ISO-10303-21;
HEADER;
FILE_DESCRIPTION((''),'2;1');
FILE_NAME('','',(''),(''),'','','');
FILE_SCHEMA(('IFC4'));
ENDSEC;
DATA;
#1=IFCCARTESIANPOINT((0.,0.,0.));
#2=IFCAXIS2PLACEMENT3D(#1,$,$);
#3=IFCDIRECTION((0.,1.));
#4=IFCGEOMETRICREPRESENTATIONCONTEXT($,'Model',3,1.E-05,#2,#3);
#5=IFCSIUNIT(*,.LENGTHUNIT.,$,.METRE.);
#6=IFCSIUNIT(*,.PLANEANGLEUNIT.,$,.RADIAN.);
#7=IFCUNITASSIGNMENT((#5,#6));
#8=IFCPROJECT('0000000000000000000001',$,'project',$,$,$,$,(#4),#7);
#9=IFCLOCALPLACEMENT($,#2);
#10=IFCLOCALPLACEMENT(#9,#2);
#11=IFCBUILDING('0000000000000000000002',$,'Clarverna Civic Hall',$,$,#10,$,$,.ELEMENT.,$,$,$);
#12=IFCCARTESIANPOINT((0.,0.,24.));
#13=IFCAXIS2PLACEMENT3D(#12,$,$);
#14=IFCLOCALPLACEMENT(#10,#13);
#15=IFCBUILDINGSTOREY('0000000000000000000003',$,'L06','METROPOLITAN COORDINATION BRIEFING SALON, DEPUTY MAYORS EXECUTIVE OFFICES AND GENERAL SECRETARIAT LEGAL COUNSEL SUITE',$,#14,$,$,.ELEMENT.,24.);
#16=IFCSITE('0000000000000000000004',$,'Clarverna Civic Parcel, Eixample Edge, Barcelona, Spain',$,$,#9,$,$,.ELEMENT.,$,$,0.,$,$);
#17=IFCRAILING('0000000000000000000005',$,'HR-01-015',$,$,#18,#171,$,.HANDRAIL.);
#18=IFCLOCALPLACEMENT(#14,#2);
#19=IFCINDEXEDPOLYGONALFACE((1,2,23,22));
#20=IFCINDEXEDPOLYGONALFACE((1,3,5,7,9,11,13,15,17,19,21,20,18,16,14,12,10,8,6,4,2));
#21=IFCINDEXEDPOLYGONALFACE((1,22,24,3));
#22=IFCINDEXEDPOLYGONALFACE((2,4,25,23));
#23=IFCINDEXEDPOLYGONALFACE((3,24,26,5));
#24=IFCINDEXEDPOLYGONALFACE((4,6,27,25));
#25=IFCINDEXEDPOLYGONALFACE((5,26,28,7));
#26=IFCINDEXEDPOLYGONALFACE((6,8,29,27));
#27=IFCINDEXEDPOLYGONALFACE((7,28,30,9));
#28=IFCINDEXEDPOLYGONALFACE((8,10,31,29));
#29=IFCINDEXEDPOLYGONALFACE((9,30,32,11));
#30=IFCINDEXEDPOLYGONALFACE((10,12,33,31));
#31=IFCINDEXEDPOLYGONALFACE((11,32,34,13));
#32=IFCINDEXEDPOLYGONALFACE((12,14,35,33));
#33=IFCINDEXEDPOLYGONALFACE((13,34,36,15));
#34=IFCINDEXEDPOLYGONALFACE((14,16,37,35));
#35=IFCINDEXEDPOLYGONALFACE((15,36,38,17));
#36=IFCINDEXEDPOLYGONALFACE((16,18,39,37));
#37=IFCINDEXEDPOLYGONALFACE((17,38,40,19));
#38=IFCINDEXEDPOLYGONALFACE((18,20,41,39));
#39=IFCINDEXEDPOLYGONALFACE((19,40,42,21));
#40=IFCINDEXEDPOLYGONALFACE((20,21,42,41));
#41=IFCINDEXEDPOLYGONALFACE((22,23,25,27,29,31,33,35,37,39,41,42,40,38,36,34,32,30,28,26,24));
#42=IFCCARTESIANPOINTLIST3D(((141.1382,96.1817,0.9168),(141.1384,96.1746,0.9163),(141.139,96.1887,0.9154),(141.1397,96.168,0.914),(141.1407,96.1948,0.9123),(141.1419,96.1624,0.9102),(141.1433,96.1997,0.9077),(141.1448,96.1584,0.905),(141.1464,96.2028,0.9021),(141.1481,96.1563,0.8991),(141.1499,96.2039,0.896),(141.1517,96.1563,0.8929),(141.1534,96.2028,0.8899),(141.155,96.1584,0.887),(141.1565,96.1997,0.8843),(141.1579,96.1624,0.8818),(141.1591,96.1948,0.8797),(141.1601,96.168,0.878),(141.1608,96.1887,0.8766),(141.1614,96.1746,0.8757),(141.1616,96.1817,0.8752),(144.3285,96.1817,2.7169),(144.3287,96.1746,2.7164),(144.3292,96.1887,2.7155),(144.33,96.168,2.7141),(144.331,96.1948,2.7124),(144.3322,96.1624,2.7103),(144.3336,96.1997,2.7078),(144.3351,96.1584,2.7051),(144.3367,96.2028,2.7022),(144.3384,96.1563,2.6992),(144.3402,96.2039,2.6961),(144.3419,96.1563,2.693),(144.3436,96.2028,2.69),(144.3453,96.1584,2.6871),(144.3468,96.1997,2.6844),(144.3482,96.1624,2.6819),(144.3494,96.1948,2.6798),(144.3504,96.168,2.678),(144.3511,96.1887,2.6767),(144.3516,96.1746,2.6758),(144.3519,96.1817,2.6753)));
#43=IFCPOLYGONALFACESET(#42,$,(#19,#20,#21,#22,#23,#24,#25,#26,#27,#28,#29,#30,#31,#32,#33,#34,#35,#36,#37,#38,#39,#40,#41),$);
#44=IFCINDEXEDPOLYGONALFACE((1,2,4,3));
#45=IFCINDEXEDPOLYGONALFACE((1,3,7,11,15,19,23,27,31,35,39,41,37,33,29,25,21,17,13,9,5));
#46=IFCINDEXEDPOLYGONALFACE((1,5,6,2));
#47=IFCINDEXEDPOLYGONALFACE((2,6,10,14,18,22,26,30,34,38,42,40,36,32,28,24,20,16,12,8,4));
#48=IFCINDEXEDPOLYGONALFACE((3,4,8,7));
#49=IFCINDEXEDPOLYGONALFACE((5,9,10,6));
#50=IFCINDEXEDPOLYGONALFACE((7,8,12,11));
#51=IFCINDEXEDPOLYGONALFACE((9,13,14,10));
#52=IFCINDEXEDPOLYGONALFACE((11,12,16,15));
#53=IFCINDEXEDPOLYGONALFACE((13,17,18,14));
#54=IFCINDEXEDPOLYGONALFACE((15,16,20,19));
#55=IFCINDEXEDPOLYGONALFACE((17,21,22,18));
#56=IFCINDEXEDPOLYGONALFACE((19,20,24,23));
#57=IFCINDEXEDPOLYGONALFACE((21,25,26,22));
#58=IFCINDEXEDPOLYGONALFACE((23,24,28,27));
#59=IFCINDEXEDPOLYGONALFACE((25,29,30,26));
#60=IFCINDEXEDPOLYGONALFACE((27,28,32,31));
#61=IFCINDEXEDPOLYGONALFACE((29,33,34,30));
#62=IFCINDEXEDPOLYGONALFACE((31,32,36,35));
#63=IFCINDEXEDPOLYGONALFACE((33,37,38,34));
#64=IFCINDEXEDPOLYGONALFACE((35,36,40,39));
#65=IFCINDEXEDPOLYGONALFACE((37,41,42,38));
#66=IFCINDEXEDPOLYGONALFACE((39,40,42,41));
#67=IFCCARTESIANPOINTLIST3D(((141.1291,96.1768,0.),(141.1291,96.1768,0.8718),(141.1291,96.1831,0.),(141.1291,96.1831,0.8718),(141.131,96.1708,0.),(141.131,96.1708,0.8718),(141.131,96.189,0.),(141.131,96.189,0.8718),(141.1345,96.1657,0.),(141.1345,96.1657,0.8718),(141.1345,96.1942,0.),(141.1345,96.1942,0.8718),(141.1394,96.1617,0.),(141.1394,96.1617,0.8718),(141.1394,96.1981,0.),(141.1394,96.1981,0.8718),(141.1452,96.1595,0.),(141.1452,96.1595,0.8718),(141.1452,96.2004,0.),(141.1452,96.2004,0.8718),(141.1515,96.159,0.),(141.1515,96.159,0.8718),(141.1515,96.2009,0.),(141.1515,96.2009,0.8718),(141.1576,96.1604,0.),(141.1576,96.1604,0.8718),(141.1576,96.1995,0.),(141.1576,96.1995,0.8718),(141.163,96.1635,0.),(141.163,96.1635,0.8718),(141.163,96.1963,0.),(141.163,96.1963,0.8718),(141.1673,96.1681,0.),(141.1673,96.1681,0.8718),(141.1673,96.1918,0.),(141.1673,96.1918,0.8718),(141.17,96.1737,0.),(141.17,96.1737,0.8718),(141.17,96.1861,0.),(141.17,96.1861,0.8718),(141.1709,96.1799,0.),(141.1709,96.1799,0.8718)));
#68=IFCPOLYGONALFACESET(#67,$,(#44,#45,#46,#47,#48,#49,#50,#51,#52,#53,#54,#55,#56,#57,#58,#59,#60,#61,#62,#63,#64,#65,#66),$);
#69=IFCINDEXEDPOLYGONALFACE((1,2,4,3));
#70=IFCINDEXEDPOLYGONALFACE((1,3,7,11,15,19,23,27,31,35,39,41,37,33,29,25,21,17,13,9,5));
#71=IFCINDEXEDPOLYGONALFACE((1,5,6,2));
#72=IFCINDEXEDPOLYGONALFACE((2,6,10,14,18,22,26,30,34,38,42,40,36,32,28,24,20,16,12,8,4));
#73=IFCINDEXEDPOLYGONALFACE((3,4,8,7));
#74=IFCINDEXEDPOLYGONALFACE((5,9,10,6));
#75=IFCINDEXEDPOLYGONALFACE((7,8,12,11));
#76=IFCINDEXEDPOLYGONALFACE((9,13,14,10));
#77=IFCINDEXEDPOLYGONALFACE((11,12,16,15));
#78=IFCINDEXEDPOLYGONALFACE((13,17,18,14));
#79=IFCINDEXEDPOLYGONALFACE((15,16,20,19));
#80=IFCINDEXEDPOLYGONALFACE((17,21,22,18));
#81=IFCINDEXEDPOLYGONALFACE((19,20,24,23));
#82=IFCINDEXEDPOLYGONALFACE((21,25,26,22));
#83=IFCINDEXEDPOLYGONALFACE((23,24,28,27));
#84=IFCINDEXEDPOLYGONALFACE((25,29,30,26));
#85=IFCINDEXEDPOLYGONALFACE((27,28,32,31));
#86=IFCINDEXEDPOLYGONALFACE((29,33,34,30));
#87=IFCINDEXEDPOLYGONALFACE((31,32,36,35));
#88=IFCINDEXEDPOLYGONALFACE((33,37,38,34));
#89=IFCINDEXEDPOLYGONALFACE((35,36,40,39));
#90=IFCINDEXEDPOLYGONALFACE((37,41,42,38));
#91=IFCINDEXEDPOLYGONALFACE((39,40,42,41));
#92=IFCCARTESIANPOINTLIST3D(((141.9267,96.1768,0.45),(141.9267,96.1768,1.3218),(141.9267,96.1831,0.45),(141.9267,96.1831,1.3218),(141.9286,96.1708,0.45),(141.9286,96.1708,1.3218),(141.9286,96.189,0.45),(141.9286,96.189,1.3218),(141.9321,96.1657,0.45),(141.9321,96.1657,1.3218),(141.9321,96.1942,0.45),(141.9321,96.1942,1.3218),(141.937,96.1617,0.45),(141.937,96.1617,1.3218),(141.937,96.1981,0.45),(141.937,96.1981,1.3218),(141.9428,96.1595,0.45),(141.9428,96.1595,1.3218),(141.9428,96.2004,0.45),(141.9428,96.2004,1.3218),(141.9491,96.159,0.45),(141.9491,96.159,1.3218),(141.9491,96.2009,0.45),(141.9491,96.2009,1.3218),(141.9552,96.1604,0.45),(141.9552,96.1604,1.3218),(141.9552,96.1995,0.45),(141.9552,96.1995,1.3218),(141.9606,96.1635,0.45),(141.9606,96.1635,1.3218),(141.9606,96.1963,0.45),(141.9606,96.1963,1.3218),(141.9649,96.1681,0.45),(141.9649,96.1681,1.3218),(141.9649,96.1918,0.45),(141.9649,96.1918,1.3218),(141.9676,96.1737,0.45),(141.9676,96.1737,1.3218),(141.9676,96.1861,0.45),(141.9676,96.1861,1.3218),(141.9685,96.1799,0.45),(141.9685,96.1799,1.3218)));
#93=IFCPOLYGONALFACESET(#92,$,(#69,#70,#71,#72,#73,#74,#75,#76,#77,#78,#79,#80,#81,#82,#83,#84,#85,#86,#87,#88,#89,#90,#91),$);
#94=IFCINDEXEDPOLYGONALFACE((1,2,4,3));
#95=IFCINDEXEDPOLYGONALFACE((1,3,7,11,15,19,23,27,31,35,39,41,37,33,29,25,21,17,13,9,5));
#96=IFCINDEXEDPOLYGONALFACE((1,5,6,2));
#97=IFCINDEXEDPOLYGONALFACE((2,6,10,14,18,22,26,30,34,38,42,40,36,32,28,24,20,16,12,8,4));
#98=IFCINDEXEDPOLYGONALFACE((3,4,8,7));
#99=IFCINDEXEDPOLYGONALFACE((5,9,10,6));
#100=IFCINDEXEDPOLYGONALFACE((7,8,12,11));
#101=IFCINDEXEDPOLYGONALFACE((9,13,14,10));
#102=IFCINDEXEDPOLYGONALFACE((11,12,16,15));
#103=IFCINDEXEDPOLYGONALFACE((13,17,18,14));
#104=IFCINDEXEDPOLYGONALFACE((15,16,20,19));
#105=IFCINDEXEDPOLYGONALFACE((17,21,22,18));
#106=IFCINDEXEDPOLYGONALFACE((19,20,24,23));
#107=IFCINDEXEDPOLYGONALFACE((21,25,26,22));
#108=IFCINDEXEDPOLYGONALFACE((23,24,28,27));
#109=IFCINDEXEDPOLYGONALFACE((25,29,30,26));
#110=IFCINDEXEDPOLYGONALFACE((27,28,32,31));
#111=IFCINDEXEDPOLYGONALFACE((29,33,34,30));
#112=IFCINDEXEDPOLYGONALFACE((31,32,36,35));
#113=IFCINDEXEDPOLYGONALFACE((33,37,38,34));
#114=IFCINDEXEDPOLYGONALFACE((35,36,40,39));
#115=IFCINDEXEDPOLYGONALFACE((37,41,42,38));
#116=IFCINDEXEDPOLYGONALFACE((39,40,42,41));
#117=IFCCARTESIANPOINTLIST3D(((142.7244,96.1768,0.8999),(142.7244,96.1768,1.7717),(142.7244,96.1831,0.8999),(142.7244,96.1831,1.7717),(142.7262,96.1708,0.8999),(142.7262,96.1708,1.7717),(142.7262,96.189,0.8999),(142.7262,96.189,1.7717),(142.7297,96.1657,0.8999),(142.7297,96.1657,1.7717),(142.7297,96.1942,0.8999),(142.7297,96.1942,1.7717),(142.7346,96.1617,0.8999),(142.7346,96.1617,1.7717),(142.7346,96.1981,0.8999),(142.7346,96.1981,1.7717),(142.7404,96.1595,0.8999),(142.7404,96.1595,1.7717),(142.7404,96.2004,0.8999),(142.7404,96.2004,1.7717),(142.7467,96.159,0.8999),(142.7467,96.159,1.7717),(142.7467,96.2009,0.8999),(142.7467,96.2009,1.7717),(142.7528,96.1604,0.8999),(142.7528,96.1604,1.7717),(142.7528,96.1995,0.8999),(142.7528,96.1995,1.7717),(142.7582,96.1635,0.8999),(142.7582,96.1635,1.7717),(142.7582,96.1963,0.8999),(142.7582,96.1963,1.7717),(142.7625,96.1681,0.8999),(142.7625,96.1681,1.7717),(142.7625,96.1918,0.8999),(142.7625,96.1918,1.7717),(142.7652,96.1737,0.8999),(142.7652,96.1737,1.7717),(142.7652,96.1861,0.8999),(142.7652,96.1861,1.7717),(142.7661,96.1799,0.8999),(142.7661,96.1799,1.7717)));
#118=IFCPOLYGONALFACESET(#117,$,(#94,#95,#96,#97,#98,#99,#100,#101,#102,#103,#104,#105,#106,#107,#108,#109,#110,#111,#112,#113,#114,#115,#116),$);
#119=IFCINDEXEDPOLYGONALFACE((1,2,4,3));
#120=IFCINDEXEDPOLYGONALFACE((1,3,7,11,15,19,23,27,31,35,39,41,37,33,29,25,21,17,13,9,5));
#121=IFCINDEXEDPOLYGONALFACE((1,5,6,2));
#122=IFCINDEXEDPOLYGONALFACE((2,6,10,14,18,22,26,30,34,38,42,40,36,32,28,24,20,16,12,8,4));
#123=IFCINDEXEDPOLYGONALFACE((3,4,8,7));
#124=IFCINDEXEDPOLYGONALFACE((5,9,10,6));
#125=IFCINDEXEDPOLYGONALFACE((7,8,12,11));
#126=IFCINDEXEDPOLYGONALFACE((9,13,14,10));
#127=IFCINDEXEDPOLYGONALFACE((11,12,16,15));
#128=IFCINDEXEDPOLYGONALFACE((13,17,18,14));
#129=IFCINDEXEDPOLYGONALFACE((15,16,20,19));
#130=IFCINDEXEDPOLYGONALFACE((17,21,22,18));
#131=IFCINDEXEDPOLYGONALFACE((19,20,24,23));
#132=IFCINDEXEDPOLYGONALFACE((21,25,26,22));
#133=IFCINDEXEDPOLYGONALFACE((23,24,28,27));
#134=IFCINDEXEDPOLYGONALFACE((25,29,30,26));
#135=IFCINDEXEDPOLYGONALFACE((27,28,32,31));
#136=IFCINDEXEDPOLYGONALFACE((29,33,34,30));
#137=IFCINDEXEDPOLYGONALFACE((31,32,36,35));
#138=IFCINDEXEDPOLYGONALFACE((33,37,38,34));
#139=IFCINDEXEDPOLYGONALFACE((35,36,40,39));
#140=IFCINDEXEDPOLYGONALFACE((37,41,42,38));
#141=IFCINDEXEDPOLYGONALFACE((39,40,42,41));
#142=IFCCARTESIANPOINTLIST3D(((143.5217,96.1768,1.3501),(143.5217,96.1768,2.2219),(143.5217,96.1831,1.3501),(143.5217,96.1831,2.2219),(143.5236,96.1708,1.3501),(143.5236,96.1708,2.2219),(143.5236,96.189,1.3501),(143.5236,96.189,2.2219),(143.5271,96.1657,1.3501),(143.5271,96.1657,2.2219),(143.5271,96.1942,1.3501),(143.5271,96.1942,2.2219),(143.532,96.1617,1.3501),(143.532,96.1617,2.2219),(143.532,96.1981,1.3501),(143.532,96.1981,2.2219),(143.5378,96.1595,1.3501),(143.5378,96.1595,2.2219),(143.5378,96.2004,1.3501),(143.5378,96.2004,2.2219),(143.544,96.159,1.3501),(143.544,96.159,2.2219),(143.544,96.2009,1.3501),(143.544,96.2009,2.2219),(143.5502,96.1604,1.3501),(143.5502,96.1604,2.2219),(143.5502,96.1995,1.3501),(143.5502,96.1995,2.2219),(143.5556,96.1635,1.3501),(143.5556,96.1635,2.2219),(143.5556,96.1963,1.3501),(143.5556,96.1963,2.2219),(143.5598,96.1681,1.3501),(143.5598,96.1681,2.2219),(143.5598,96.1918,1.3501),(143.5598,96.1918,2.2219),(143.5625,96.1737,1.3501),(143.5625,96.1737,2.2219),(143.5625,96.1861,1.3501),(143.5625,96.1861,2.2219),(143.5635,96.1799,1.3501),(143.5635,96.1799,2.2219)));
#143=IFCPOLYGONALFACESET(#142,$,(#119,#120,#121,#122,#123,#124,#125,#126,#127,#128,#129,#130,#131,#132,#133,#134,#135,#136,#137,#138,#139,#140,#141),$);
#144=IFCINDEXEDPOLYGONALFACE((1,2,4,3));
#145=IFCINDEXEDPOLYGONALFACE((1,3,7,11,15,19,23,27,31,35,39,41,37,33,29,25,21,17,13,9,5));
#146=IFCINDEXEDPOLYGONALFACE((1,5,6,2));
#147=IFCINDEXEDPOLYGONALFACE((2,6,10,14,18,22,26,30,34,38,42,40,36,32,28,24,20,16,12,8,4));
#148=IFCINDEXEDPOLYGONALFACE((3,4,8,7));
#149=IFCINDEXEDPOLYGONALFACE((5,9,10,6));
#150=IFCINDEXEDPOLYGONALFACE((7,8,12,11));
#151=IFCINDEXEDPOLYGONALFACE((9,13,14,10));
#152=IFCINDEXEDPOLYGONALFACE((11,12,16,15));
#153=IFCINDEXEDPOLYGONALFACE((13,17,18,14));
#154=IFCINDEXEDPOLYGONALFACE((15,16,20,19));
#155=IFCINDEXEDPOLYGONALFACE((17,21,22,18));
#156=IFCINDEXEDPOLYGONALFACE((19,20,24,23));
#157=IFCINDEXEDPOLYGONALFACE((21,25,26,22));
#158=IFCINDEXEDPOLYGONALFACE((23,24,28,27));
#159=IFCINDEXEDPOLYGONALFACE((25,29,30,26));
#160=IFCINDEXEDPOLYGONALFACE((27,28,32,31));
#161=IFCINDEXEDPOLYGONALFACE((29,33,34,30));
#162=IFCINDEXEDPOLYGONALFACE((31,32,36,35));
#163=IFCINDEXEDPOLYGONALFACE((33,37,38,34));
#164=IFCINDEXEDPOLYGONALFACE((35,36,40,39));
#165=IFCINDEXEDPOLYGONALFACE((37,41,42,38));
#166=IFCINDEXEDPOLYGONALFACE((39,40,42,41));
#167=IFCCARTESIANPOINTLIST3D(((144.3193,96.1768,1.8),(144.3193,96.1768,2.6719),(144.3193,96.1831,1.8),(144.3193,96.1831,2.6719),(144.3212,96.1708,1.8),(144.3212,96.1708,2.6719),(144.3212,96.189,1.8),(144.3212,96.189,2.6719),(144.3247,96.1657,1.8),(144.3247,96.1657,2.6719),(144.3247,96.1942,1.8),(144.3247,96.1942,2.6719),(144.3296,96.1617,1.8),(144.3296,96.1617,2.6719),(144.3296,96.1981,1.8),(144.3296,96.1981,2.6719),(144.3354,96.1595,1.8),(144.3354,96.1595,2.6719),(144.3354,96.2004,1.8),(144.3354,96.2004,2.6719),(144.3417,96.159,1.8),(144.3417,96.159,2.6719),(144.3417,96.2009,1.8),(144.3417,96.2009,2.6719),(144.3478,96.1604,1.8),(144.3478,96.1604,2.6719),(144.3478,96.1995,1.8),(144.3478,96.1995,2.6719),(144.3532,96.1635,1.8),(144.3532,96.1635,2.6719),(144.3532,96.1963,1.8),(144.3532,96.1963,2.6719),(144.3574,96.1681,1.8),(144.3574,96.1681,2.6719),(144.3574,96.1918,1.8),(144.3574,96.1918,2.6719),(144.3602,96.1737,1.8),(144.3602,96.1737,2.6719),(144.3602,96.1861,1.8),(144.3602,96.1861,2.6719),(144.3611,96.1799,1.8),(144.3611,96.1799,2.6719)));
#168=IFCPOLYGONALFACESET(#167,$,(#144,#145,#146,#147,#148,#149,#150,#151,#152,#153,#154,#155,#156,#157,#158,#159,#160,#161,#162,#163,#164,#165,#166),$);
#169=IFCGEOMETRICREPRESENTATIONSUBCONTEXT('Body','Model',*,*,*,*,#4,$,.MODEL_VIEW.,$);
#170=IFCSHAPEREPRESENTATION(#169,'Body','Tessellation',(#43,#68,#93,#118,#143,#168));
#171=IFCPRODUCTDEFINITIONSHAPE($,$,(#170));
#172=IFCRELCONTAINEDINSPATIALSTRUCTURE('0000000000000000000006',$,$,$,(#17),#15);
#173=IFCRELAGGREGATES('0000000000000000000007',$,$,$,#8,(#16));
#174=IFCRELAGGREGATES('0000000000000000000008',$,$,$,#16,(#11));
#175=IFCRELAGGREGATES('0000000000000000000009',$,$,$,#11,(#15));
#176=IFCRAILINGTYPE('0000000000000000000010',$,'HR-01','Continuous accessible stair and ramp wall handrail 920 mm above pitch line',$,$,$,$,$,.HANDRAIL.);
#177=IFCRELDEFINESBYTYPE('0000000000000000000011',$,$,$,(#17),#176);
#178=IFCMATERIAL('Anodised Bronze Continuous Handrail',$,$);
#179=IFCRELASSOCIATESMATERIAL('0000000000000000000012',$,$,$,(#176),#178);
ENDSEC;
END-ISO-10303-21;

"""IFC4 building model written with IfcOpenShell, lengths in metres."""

from ifc_helpers import new_model, si_unit, direction, frame, origin, origin_2d, place, context, subcontext, project, spatial, circle, extrude, material, type_object, element, save


model = new_model("IFC4")

# Units and contexts
model_context = context("Model", 3, precision=1e-05, world=origin(), true_north=direction((0.0, 1.0)))
body_context = subcontext(model_context, "Body", "Model", "MODEL_VIEW")
ifc_project = project(units=[si_unit("LENGTHUNIT", "METRE"), si_unit("PLANEANGLEUNIT", "RADIAN")], contexts=[model_context])

# Site, building, storey
site_placement = place(None, origin())
site = spatial("IfcSite", under=ifc_project, at=site_placement, Name="Clarverna Civic Parcel, Eixample Edge, Barcelona, Spain", CompositionType="ELEMENT", RefElevation=0.0)
building_placement = place(site_placement, origin())
building = spatial("IfcBuilding", under=site, at=building_placement, Name="Clarverna Civic Hall", CompositionType="ELEMENT")
storey_placement = place(building_placement, frame((0.0, 0.0, 24.0)))
storey = spatial("IfcBuildingStorey", under=building, at=storey_placement, Name="L06", Description="METROPOLITAN COORDINATION BRIEFING SALON, DEPUTY MAYORS EXECUTIVE OFFICES AND GENERAL SECRETARIAT LEGAL COUNSEL SUITE", CompositionType="ELEMENT", Elevation=24.0)

# Railing
ifc_material_1 = material(Name="Anodised Bronze Continuous Handrail")
railing_type_1 = type_object("IfcRailingType", Name="HR-01", Description="Continuous accessible stair and ramp wall handrail 920 mm above pitch line", PredefinedType="HANDRAIL", material=ifc_material_1)
railing_1_placement = place(storey_placement, frame((141.1499, 96.1799, 0.0)))
element("IfcRailing", 1, at=railing_1_placement, inside=storey, type_object=railing_type_1, Name="HR-01-015", PredefinedType="HANDRAIL", context=body_context, shape_type="SweptSolid", body=[
    extrude(circle(Radius=0.0239, at=origin_2d()), frame((0.0, 0.0, 0.896), z_axis=(0.870925, 0.0, 0.491416), x_axis=(0.0, 1.0, 0.0)), (0.0, 0.0, 1.0), 3.6631),
    extrude(circle(Radius=0.021, at=origin_2d()), origin(), (0.0, 0.0, 1.0), 0.8718),
    extrude(circle(Radius=0.021, at=origin_2d()), frame((0.7976, 0.0, 0.45)), (0.0, 0.0, 1.0), 0.8718),
    extrude(circle(Radius=0.021, at=origin_2d()), frame((1.5952, 0.0, 0.8999)), (0.0, 0.0, 1.0), 0.8718),
    extrude(circle(Radius=0.021, at=origin_2d()), frame((2.3926, 0.0, 1.3501)), (0.0, 0.0, 1.0), 0.8718),
    extrude(circle(Radius=0.021, at=origin_2d()), frame((3.1902, 0.0, 1.8)), (0.0, 0.0, 1.0), 0.8718),
])

save(model, "model.ifc")
